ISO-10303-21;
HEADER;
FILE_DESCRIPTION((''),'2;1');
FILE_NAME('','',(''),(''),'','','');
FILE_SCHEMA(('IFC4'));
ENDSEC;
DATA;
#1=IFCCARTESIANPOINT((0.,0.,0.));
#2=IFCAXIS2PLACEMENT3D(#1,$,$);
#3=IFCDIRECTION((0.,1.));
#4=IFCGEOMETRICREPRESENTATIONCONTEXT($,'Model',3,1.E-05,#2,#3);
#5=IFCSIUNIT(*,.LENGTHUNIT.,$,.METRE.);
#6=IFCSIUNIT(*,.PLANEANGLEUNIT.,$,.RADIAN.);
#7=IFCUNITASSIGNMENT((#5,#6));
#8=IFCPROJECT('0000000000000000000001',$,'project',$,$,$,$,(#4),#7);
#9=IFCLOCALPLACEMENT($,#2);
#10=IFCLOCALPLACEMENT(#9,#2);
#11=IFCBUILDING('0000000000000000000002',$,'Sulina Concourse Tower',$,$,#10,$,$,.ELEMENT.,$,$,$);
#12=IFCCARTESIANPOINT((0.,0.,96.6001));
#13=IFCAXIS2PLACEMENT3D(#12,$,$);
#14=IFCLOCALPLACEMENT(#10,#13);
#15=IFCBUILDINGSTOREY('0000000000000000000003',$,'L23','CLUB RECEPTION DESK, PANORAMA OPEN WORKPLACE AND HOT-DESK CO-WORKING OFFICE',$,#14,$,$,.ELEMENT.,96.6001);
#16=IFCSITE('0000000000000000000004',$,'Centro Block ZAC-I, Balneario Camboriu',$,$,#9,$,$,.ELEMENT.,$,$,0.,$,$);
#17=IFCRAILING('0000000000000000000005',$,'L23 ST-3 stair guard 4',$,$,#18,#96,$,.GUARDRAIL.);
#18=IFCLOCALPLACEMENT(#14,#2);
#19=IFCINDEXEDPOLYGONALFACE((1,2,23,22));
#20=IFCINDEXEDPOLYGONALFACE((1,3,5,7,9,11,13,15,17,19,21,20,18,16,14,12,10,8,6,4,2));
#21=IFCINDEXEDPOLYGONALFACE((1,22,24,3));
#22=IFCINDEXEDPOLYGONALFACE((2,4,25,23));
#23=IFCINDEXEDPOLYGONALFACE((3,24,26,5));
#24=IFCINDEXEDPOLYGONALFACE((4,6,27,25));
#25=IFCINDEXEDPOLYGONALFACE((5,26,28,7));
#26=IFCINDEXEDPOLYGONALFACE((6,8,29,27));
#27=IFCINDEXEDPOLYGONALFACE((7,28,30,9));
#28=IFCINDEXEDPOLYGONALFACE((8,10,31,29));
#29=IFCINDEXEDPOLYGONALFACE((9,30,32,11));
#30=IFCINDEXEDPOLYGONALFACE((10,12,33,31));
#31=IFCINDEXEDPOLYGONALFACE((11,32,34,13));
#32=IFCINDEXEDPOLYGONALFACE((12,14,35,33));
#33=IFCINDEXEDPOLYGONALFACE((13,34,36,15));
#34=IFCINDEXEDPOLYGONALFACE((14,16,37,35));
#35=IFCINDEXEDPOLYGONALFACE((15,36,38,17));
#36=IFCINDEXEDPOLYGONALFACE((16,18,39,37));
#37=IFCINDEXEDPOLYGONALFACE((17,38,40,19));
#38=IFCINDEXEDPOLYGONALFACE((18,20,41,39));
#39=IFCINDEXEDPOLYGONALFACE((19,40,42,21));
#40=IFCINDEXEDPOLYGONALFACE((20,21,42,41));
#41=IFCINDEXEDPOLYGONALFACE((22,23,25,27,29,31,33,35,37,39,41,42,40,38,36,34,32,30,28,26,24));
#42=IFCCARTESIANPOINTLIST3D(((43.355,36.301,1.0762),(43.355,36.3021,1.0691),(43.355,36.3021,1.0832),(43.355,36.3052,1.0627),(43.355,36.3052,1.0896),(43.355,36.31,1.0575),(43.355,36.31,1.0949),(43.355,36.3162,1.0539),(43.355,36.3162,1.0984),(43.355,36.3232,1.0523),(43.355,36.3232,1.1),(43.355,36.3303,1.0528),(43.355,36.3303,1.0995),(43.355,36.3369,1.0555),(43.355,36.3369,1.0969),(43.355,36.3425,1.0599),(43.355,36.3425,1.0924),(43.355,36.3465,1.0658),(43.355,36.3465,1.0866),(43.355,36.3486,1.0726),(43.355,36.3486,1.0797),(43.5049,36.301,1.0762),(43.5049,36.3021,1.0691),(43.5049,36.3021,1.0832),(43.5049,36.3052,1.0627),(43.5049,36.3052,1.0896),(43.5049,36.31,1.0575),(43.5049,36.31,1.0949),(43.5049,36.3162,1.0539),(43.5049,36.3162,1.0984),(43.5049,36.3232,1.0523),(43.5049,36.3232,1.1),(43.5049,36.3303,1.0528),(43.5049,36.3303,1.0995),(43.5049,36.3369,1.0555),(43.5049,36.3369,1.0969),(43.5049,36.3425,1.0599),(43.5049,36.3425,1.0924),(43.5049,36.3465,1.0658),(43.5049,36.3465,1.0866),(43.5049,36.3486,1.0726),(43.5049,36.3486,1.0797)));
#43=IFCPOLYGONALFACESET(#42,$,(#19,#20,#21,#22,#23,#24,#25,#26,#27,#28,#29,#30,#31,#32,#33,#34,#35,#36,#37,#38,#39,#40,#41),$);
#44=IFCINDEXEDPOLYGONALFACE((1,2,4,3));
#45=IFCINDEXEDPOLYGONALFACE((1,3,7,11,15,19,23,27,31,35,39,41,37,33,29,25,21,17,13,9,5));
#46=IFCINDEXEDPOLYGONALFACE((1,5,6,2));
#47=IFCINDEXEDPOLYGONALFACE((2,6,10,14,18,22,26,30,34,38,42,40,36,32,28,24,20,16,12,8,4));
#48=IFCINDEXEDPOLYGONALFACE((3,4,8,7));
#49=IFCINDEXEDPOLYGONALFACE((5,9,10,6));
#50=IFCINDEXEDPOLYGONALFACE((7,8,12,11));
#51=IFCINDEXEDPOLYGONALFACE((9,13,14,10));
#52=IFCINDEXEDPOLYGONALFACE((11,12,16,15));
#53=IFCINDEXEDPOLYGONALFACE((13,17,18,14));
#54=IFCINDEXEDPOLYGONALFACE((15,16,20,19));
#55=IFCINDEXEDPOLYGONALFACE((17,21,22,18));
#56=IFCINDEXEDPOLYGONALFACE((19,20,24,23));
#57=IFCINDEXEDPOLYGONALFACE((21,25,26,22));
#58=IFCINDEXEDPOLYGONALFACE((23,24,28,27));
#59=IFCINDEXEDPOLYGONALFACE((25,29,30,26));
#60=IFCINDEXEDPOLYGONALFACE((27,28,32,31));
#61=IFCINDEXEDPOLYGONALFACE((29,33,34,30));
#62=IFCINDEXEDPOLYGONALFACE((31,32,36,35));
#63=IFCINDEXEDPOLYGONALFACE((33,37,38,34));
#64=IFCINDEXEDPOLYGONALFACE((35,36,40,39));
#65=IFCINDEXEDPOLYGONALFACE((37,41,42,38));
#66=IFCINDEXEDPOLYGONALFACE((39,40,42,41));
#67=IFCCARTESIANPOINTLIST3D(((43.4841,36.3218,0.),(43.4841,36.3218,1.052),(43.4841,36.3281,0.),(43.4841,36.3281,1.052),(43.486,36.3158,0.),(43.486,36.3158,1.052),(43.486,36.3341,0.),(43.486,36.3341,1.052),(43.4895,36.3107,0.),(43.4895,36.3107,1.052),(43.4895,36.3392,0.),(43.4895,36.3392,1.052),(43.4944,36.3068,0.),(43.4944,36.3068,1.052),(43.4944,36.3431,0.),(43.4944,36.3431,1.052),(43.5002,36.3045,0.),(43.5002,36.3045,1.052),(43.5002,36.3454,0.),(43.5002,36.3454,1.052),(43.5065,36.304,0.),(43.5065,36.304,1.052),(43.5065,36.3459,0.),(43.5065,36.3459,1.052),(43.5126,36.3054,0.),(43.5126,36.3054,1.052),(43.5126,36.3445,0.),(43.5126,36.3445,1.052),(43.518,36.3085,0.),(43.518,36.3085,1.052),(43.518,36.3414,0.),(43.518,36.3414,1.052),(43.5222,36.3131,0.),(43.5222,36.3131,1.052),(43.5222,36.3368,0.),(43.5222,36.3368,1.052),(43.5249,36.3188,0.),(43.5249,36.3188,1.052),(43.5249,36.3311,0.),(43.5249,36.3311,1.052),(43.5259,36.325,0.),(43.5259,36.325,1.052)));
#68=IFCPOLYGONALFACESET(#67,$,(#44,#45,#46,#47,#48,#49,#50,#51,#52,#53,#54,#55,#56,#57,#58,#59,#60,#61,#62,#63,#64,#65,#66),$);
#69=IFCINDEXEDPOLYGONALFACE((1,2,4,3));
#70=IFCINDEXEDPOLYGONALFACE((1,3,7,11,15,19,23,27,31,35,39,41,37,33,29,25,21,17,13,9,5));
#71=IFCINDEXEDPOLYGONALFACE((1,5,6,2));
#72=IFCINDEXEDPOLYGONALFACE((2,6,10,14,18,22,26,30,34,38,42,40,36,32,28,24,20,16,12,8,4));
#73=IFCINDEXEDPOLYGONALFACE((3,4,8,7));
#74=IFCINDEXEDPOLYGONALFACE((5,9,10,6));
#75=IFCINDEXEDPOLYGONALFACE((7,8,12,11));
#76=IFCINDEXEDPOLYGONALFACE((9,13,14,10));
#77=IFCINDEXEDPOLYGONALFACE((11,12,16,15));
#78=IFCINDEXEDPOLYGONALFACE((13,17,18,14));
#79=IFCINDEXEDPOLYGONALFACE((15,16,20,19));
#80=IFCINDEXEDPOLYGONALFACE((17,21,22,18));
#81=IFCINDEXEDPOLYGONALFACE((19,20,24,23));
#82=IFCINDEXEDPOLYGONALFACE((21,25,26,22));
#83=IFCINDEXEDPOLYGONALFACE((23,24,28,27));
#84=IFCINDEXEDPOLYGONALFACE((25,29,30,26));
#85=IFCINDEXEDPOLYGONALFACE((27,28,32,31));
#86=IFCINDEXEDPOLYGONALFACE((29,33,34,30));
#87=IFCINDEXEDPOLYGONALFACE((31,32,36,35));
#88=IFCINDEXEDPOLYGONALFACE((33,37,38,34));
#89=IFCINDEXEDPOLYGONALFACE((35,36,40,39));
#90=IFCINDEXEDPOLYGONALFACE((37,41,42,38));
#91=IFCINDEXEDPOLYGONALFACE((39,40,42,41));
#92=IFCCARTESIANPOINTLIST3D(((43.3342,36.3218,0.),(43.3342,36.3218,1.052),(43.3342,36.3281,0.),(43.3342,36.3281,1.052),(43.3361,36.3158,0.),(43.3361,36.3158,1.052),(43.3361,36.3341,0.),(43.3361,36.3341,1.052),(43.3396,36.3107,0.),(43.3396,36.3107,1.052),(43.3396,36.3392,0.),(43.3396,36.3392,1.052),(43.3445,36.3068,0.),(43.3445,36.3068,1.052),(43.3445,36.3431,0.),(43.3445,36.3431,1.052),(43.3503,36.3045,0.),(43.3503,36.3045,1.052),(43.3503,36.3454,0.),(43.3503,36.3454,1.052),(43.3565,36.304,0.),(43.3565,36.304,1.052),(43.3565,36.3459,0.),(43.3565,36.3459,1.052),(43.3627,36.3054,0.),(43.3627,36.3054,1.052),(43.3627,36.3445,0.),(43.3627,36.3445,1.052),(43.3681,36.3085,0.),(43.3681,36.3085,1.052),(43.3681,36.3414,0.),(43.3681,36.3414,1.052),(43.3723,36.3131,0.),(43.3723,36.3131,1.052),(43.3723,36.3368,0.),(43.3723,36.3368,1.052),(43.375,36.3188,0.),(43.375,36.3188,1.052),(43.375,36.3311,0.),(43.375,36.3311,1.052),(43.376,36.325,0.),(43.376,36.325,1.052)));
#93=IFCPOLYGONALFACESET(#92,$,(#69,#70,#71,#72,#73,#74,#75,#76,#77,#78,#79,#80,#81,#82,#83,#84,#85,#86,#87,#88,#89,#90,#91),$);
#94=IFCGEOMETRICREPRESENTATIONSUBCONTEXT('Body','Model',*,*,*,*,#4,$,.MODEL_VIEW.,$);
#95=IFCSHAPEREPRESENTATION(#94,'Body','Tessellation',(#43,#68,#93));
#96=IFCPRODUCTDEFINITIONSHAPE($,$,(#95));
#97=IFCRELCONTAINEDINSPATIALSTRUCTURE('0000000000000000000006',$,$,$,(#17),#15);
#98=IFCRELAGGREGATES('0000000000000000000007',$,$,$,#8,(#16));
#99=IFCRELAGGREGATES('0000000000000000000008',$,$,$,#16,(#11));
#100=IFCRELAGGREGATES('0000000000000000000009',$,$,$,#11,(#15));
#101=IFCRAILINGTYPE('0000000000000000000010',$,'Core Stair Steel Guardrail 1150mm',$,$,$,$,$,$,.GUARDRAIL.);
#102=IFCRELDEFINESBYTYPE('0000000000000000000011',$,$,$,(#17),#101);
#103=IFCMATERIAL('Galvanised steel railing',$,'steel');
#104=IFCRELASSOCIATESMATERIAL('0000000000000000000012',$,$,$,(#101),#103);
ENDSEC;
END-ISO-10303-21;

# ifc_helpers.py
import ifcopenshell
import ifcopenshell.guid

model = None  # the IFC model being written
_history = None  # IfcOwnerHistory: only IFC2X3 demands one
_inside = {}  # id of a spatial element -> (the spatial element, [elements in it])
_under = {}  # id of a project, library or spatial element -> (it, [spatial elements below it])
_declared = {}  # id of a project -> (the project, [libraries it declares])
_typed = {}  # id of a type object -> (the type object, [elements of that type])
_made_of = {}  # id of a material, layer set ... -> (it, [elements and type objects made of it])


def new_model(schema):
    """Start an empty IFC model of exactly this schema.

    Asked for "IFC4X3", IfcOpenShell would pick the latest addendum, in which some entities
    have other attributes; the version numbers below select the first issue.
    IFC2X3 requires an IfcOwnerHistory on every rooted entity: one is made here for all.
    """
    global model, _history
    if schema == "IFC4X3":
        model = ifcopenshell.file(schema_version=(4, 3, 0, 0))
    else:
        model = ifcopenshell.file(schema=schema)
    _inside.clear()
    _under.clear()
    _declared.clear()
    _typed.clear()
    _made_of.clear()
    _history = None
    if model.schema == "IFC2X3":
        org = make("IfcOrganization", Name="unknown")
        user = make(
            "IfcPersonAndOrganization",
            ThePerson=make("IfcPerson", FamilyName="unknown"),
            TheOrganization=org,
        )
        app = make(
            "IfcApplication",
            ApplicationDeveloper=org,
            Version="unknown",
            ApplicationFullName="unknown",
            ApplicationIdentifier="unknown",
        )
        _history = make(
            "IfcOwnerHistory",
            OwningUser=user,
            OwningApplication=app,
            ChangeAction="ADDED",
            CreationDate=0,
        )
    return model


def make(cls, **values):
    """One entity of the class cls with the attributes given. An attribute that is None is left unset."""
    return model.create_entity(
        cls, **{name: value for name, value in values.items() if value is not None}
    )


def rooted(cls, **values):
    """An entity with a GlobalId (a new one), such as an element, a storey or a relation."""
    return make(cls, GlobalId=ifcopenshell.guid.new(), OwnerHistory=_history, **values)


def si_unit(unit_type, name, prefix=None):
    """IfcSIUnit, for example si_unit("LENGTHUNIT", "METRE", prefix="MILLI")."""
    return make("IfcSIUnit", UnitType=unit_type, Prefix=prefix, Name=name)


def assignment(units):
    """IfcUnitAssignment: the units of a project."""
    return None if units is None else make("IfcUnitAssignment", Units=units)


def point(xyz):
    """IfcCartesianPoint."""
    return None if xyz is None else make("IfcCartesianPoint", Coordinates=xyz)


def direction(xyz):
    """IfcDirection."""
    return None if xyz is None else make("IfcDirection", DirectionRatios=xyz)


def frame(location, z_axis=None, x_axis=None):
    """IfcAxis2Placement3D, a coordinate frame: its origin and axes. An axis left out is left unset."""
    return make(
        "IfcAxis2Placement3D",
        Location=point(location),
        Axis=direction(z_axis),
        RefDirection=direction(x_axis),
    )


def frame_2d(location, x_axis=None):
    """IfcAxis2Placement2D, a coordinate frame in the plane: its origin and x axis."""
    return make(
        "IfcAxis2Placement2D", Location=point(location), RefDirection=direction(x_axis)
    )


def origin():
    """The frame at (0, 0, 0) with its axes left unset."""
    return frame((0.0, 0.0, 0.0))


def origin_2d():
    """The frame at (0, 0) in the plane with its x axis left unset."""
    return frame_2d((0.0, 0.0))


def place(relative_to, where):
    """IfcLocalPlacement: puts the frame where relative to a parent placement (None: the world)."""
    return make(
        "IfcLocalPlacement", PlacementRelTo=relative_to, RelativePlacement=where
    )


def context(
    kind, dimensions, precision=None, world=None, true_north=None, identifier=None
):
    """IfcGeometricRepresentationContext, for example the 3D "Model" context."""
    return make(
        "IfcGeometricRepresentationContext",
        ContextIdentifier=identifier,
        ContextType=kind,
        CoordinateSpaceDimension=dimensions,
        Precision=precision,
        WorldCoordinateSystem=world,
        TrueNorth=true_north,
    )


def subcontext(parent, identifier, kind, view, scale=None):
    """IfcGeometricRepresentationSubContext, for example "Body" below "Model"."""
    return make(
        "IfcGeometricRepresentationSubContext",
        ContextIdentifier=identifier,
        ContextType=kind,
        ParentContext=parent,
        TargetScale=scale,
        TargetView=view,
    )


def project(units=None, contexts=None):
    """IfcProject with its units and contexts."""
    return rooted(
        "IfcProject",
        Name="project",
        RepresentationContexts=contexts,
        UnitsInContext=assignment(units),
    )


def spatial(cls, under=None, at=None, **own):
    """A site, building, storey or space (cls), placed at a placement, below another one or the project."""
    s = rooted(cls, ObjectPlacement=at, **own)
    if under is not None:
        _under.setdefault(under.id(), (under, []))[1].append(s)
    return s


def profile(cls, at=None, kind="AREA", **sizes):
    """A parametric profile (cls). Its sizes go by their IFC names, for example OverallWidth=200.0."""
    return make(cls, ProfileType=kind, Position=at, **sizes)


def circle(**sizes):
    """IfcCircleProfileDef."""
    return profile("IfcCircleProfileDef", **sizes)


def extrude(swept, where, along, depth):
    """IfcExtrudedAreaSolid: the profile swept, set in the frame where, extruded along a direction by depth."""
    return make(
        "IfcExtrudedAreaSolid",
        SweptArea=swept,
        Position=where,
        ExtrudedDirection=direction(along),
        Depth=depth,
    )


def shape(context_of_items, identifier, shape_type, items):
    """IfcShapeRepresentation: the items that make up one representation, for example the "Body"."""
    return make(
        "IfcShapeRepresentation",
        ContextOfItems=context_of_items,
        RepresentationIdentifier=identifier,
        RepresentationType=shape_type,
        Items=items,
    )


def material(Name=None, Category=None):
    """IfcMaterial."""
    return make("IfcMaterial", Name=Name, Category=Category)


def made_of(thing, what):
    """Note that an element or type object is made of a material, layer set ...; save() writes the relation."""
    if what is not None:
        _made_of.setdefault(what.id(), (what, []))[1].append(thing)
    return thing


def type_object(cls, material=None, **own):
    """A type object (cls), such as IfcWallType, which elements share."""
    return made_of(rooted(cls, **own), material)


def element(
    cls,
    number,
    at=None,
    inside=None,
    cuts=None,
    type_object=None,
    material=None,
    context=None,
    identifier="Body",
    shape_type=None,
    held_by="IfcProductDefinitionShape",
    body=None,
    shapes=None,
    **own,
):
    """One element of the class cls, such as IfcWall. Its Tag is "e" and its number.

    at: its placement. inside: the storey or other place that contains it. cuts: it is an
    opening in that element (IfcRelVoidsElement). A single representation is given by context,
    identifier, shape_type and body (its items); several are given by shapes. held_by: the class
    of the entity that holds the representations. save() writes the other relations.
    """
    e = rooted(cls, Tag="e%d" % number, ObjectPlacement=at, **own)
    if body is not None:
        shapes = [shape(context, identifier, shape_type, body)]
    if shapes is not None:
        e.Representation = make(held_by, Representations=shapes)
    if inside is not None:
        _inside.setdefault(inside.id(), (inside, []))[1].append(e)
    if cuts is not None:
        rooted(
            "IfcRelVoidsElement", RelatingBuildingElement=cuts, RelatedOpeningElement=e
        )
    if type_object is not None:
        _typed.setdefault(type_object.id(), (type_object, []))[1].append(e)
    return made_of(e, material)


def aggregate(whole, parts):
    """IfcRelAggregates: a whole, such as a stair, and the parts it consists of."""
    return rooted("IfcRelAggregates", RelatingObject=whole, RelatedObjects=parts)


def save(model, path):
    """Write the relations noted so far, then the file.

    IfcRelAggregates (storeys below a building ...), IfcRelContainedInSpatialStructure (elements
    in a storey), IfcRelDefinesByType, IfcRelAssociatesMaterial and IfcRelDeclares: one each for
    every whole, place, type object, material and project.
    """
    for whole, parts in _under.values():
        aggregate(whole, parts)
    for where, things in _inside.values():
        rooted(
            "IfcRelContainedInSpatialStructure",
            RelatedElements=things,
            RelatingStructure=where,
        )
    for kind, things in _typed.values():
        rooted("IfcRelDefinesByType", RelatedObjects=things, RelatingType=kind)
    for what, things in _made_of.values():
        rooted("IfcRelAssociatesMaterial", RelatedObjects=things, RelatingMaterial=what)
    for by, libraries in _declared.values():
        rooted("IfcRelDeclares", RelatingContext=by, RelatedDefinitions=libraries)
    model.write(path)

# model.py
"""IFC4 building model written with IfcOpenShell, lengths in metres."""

from ifc_helpers import new_model, si_unit, direction, frame, origin, origin_2d, place, context, subcontext, project, spatial, circle, extrude, material, type_object, element, save


model = new_model("IFC4")

# Units and contexts
model_context = context("Model", 3, precision=1e-05, world=origin(), true_north=direction((0.0, 1.0)))
body_context = subcontext(model_context, "Body", "Model", "MODEL_VIEW")
ifc_project = project(units=[si_unit("LENGTHUNIT", "METRE"), si_unit("PLANEANGLEUNIT", "RADIAN")], contexts=[model_context])

# Site, building, storey
site_placement = place(None, origin())
site = spatial("IfcSite", under=ifc_project, at=site_placement, Name="Centro Block ZAC-I, Balneario Camboriu", CompositionType="ELEMENT", RefElevation=0.0)
building_placement = place(site_placement, origin())
building = spatial("IfcBuilding", under=site, at=building_placement, Name="Sulina Concourse Tower", CompositionType="ELEMENT")
storey_placement = place(building_placement, frame((0.0, 0.0, 96.6001)))
storey = spatial("IfcBuildingStorey", under=building, at=storey_placement, Name="L23", Description="CLUB RECEPTION DESK, PANORAMA OPEN WORKPLACE AND HOT-DESK CO-WORKING OFFICE", CompositionType="ELEMENT", Elevation=96.6001)

# Railing
ifc_material_1 = material(Name="Galvanised steel railing", Category="steel")
railing_type_1 = type_object("IfcRailingType", Name="Core Stair Steel Guardrail 1150mm", PredefinedType="GUARDRAIL", material=ifc_material_1)
railing_1_placement = place(storey_placement, frame((43.5049, 36.325, 0.0)))
element("IfcRailing", 1, at=railing_1_placement, inside=storey, type_object=railing_type_1, Name="L23 ST-3 stair guard 4", PredefinedType="GUARDRAIL", context=body_context, shape_type="SweptSolid", body=[
    extrude(circle(Radius=0.0239, at=origin_2d()), frame((0.0, 0.0, 1.0762), z_axis=(-1.0, 0.0, 0.0), x_axis=(0.0, -1.0, 0.0)), (0.0, 0.0, 1.0), 0.1499),
    extrude(circle(Radius=0.021, at=origin_2d()), origin(), (0.0, 0.0, 1.0), 1.052),
    extrude(circle(Radius=0.021, at=origin_2d()), frame((-0.1499, 0.0, 0.0)), (0.0, 0.0, 1.0), 1.052),
])

save(model, "model.ifc")
